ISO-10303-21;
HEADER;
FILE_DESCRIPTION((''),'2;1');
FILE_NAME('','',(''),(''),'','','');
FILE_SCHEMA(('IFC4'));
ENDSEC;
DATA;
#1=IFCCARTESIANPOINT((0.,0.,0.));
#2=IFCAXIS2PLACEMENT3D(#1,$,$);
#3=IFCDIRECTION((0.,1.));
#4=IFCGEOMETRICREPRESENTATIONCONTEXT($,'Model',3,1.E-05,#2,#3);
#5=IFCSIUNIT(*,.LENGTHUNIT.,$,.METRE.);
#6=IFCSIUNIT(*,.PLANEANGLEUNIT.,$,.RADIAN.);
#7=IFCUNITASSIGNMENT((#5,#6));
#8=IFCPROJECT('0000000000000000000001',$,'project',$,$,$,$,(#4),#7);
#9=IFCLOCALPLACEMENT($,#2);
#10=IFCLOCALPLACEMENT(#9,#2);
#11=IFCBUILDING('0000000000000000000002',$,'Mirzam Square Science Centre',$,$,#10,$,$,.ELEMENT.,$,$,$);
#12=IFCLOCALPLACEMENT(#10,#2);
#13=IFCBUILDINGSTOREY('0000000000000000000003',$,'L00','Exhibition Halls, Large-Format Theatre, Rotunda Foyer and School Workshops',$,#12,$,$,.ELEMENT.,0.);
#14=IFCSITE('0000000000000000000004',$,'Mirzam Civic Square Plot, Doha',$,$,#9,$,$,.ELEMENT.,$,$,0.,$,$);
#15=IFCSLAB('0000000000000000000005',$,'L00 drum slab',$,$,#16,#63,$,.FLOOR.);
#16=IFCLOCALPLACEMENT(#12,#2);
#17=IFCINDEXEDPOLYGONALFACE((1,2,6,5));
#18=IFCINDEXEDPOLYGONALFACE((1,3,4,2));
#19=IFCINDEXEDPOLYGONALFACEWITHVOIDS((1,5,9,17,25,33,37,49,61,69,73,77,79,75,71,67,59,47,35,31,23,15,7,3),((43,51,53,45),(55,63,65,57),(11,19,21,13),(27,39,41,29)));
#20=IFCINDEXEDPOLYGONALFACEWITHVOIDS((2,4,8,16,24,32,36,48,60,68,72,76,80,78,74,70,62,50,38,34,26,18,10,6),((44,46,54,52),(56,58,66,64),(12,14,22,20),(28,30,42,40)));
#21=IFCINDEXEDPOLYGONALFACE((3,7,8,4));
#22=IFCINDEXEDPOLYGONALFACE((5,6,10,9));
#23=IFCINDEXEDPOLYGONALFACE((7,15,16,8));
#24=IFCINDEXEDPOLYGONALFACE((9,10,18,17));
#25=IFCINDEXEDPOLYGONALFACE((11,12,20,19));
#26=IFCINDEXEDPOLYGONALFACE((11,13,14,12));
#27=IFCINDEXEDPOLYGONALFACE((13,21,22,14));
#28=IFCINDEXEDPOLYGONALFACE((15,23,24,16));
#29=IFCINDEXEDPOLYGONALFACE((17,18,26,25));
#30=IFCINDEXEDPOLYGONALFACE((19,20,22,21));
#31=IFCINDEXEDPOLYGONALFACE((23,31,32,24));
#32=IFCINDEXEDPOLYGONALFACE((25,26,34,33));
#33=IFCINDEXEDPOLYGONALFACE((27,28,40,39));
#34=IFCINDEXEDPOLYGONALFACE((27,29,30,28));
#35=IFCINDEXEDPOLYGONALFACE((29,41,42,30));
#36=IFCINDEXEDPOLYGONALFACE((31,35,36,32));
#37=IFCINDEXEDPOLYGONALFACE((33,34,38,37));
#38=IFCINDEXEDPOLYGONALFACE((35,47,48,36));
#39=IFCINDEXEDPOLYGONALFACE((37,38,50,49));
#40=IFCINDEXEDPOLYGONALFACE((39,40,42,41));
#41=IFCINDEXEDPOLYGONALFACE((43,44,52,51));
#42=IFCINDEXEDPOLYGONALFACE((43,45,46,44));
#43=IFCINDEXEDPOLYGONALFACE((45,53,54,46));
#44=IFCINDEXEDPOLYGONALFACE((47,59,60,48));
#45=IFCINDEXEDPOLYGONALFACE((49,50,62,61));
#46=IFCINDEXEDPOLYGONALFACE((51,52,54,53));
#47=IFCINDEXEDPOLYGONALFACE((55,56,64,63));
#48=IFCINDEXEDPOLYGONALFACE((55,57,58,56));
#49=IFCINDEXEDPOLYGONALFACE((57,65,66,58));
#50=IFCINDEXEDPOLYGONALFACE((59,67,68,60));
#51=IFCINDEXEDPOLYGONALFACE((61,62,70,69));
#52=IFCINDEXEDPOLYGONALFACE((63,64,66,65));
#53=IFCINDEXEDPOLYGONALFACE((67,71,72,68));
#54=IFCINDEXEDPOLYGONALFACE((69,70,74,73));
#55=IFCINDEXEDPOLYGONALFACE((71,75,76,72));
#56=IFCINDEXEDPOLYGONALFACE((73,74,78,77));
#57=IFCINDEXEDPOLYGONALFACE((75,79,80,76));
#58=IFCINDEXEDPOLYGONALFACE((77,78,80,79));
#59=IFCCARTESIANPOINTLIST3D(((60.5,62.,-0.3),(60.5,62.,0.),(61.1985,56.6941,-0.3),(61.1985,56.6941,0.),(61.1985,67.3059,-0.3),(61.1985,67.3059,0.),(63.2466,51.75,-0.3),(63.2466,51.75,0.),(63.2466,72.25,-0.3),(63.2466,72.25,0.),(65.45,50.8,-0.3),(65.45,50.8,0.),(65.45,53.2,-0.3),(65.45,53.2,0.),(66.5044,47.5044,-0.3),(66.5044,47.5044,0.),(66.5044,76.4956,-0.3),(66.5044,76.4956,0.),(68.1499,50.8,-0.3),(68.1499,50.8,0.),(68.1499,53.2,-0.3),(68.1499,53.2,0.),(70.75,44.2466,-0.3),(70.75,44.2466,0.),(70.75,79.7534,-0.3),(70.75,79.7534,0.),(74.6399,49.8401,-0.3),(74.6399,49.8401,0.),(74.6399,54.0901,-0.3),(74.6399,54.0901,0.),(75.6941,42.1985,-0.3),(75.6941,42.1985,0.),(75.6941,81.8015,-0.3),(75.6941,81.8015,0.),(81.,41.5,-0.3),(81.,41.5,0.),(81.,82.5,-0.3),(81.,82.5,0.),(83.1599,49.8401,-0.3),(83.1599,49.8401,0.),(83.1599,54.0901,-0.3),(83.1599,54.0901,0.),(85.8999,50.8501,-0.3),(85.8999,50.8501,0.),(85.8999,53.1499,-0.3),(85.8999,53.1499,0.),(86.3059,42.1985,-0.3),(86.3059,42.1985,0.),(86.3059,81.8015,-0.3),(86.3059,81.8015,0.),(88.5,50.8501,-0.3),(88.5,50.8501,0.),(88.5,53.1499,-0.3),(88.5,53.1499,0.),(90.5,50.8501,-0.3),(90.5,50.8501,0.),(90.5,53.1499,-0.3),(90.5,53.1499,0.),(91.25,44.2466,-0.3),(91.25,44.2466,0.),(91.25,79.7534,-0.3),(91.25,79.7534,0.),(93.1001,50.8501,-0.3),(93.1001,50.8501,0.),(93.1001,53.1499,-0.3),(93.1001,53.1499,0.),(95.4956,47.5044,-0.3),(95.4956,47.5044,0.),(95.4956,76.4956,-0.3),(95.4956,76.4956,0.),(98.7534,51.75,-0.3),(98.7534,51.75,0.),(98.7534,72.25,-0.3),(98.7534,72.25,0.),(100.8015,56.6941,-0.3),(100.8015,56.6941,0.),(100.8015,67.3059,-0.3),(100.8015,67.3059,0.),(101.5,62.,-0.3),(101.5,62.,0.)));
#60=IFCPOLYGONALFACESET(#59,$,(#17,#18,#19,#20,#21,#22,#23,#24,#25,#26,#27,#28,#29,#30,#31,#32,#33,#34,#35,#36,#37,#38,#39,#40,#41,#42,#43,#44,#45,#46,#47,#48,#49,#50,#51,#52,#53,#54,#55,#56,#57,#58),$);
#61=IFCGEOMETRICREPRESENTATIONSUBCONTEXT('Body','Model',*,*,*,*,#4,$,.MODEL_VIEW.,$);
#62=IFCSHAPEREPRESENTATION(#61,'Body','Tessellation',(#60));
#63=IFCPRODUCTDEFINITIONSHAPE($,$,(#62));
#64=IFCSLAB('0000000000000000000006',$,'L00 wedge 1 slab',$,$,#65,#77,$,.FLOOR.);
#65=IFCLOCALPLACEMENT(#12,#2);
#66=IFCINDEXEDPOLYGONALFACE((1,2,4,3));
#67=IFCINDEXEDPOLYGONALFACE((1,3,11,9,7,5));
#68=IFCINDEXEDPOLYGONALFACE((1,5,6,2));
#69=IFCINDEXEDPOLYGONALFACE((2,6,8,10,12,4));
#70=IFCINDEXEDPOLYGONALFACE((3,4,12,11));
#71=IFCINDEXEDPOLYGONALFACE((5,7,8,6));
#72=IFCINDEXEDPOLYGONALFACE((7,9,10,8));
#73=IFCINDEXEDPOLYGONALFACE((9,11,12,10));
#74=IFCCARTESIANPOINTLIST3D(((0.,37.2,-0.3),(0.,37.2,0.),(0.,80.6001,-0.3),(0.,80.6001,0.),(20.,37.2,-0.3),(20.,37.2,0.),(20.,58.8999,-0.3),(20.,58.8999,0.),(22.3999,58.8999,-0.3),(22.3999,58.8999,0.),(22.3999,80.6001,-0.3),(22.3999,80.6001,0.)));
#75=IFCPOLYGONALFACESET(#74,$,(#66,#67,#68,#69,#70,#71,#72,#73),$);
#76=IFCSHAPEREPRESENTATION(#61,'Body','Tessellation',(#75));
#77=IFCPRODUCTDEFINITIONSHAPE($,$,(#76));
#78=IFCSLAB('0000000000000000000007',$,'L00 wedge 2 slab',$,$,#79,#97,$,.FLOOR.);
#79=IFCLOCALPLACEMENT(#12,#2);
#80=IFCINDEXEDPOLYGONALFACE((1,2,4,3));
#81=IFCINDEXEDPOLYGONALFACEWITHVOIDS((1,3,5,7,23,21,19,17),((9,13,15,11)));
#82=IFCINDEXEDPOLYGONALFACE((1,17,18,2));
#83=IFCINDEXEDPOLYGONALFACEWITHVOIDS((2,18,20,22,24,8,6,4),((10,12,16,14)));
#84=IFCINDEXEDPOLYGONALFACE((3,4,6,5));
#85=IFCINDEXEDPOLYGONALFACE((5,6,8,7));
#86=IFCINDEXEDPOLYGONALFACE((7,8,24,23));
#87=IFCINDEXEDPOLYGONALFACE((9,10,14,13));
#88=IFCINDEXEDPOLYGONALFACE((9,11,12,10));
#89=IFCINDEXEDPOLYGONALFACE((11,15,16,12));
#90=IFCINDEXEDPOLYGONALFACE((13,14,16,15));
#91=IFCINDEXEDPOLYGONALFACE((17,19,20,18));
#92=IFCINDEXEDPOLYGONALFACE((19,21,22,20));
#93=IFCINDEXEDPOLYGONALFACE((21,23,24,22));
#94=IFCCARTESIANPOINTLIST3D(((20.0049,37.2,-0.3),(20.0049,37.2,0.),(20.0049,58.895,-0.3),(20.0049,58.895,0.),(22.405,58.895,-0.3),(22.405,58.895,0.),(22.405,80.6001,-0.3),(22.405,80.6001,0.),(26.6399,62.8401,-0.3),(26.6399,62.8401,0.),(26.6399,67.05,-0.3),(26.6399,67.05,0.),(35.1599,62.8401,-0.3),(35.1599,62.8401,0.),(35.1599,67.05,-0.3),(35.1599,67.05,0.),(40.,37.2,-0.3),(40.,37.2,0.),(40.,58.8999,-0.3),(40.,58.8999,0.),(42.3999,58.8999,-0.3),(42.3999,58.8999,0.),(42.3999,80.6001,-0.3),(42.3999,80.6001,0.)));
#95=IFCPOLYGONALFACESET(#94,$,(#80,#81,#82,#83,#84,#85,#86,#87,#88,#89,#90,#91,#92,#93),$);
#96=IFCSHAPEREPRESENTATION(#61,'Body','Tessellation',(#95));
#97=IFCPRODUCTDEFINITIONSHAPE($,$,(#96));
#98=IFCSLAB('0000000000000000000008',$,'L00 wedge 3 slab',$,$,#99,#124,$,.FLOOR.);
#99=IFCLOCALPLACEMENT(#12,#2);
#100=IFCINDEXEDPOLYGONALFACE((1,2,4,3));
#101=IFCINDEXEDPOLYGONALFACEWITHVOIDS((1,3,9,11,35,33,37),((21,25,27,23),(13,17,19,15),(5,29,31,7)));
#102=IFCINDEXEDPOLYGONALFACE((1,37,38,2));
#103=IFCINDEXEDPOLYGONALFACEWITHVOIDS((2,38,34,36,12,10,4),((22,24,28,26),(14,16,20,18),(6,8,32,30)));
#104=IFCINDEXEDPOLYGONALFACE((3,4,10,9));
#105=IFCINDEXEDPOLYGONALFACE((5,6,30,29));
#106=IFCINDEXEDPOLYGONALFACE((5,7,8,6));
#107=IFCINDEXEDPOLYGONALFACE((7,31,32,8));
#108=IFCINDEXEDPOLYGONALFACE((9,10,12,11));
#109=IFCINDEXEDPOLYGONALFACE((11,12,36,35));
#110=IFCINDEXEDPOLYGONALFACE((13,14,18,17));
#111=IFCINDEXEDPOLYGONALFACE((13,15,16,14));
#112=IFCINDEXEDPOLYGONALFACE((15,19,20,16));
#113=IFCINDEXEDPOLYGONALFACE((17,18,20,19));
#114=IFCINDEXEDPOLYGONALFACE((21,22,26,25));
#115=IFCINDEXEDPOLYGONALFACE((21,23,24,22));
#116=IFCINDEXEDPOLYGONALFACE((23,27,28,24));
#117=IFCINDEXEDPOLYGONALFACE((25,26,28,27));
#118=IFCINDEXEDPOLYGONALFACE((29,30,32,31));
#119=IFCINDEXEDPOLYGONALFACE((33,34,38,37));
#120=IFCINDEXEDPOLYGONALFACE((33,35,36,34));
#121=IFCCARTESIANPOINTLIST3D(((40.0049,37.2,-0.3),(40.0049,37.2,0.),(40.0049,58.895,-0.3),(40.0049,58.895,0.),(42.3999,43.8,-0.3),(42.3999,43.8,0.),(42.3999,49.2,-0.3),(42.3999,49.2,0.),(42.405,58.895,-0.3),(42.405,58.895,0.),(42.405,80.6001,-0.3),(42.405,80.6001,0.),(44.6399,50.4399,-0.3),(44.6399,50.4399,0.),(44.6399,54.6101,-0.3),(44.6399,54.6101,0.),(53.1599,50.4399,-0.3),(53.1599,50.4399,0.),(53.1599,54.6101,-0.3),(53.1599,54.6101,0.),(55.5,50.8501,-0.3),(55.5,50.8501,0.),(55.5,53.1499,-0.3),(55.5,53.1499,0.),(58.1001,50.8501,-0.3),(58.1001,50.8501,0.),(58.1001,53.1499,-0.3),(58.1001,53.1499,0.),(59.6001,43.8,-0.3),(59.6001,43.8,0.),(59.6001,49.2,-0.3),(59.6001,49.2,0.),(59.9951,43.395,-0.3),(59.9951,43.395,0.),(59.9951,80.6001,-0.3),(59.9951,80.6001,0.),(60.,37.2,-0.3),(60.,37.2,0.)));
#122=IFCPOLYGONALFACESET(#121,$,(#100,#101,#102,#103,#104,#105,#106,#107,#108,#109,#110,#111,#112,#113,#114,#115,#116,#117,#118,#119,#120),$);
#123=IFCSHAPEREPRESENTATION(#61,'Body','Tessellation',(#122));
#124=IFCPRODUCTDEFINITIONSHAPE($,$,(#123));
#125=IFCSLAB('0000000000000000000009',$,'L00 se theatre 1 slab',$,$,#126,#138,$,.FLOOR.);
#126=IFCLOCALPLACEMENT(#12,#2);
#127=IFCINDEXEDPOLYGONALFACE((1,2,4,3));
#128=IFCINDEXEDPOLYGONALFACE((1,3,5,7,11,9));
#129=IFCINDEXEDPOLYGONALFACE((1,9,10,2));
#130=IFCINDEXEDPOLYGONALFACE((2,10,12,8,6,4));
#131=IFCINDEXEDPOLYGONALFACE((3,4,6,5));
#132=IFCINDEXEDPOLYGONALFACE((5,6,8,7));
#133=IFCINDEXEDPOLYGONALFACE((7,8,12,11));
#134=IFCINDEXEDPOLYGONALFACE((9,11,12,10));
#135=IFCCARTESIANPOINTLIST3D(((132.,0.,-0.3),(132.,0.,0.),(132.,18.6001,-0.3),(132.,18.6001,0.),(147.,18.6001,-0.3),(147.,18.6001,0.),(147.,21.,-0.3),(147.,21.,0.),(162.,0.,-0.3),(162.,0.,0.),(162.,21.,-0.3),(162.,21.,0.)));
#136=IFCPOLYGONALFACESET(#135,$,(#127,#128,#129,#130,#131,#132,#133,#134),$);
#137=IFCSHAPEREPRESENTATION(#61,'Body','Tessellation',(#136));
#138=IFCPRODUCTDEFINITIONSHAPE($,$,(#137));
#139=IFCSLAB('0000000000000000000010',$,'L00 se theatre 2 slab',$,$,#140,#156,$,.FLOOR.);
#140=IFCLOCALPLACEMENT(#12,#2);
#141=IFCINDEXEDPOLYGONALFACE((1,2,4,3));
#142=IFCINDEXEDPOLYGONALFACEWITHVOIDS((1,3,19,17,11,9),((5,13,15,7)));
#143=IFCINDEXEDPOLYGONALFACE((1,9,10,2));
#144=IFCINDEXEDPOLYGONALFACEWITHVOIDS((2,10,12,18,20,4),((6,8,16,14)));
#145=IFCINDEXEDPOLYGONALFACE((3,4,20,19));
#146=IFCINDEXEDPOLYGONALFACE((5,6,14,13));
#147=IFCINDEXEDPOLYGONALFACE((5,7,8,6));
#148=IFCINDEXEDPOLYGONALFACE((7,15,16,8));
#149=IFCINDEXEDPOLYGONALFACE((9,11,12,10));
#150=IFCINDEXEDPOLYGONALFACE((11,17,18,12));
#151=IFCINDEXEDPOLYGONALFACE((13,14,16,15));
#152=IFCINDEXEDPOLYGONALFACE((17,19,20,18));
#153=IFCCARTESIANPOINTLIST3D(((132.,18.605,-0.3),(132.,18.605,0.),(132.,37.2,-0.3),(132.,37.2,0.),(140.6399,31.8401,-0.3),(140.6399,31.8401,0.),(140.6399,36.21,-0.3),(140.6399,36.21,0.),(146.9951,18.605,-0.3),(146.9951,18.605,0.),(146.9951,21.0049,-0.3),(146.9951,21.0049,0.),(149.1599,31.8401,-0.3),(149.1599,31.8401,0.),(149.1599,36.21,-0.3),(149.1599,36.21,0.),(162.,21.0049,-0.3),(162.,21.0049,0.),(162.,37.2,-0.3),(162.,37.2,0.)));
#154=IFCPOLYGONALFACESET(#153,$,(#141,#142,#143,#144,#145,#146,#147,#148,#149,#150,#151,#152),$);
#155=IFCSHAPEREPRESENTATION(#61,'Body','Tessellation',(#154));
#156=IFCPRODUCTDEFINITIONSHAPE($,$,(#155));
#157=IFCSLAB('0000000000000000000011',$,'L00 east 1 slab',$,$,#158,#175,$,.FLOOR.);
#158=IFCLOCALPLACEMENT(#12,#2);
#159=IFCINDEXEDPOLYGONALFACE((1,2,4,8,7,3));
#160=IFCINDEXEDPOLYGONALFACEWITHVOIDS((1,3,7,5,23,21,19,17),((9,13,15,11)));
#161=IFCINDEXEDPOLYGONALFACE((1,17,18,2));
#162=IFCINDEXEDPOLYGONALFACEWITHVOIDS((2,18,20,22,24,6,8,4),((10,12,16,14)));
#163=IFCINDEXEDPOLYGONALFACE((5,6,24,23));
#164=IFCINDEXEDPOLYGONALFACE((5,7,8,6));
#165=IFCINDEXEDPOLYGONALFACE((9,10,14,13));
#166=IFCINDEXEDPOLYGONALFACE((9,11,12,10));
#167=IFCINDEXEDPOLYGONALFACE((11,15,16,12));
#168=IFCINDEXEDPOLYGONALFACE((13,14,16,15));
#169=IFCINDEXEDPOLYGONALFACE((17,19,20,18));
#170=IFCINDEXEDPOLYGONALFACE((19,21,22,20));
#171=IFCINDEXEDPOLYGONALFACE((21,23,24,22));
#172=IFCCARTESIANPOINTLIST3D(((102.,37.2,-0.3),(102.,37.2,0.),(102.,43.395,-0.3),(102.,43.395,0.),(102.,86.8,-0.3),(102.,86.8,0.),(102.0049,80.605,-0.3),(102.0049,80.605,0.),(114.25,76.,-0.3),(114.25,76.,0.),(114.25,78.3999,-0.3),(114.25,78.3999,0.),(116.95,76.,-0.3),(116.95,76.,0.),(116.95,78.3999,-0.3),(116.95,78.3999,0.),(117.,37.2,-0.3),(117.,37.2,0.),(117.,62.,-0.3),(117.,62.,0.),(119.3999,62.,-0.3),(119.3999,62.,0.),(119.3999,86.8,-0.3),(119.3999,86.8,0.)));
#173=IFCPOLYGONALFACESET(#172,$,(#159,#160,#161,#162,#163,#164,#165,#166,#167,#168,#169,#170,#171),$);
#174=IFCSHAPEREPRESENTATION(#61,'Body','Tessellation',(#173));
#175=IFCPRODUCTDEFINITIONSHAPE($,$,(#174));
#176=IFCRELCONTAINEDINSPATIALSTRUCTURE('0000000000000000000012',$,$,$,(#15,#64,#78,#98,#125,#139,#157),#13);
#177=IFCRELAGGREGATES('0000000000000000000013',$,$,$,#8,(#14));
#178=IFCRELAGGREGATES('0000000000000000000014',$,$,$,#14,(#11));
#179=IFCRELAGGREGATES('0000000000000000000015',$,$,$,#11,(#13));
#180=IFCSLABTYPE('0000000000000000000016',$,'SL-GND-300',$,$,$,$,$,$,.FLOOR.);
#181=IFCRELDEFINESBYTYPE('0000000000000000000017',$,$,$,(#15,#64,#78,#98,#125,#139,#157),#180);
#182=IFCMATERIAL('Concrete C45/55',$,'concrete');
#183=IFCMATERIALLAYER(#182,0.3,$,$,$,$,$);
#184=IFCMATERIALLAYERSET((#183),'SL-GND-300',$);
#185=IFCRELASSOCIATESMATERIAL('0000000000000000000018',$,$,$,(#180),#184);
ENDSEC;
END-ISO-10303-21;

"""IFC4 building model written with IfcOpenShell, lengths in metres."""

from ifc_helpers import new_model, si_unit, direction, frame, origin, place, context, subcontext, project, spatial, polyline, outline, extrude, material, layer, layer_set, type_object, element, save


model = new_model("IFC4")

# Units and contexts
model_context = context("Model", 3, precision=1e-05, world=origin(), true_north=direction((0.0, 1.0)))
body_context = subcontext(model_context, "Body", "Model", "MODEL_VIEW")
ifc_project = project(units=[si_unit("LENGTHUNIT", "METRE"), si_unit("PLANEANGLEUNIT", "RADIAN")], contexts=[model_context])

# Site, building, storey
site_placement = place(None, origin())
site = spatial("IfcSite", under=ifc_project, at=site_placement, Name="Mirzam Civic Square Plot, Doha", CompositionType="ELEMENT", RefElevation=0.0)
building_placement = place(site_placement, origin())
building = spatial("IfcBuilding", under=site, at=building_placement, Name="Mirzam Square Science Centre", CompositionType="ELEMENT")
storey_placement = place(building_placement, origin())
storey = spatial("IfcBuildingStorey", under=building, at=storey_placement, Name="L00", Description="Exhibition Halls, Large-Format Theatre, Rotunda Foyer and School Workshops", CompositionType="ELEMENT", Elevation=0.0)

# Shared definitions
ifc_material_1 = material(Name="Concrete C45/55", Category="concrete")

# Slabs
ifc_layer_1 = layer(ifc_material_1, 0.3)
ifc_layer_set_1 = layer_set([ifc_layer_1], Name="SL-GND-300")
slab_type_1 = type_object("IfcSlabType", Name="SL-GND-300", PredefinedType="FLOOR", material=ifc_layer_set_1)
slab_1_placement = place(storey_placement, frame((0.0, 0.0, -0.3)))
element("IfcSlab", 1, at=slab_1_placement, inside=storey, type_object=slab_type_1, Name="L00 drum slab", PredefinedType="FLOOR", context=body_context, shape_type="SweptSolid", body=[
    extrude(outline(polyline([(100.8015, 56.6941), (98.7534, 51.75), (95.4956, 47.5044), (91.25, 44.2466), (86.3059, 42.1985), (81.0, 41.5), (75.6941, 42.1985), (70.75, 44.2466), (66.5044, 47.5044), (63.2466, 51.75), (61.1985, 56.6941), (60.5, 62.0), (61.1985, 67.3059), (63.2466, 72.25), (66.5044, 76.4956), (70.75, 79.7534), (75.6941, 81.8015), (81.0, 82.5), (86.3059, 81.8015), (91.25, 79.7534), (95.4956, 76.4956), (98.7534, 72.25), (100.8015, 67.3059), (101.5, 62.0), (100.8015, 56.6941)]), holes=[polyline([(83.1599, 49.8401), (83.1599, 54.0901), (74.6399, 54.0901), (74.6399, 49.8401), (83.1599, 49.8401)]), polyline([(68.1499, 50.8), (68.1499, 53.2), (65.45, 53.2), (65.45, 50.8), (68.1499, 50.8)]), polyline([(88.5, 50.8501), (88.5, 53.1499), (85.8999, 53.1499), (85.8999, 50.8501), (88.5, 50.8501)]), polyline([(93.1001, 50.8501), (93.1001, 53.1499), (90.5, 53.1499), (90.5, 50.8501), (93.1001, 50.8501)])]), origin(), (0.0, 0.0, 1.0), 0.3),
])
slab_2_placement = place(storey_placement, frame((0.0, 0.0, -0.3)))
element("IfcSlab", 2, at=slab_2_placement, inside=storey, type_object=slab_type_1, Name="L00 wedge 1 slab", PredefinedType="FLOOR", context=body_context, shape_type="SweptSolid", body=[
    extrude(outline(polyline([(0.0, 80.6001), (22.3999, 80.6001), (22.3999, 58.8999), (20.0, 58.8999), (20.0, 37.2), (0.0, 37.2), (0.0, 80.6001)])), origin(), (0.0, 0.0, 1.0), 0.3),
])
slab_3_placement = place(storey_placement, frame((0.0, 0.0, -0.3)))
element("IfcSlab", 3, at=slab_3_placement, inside=storey, type_object=slab_type_1, Name="L00 wedge 2 slab", PredefinedType="FLOOR", context=body_context, shape_type="SweptSolid", body=[
    extrude(outline(polyline([(42.3999, 80.6001), (42.3999, 58.8999), (40.0, 58.8999), (40.0, 37.2), (20.0049, 37.2), (20.0049, 58.895), (22.405, 58.895), (22.405, 80.6001), (42.3999, 80.6001)]), holes=[polyline([(35.1599, 67.05), (26.6399, 67.05), (26.6399, 62.8401), (35.1599, 62.8401), (35.1599, 67.05)])]), origin(), (0.0, 0.0, 1.0), 0.3),
])
slab_4_placement = place(storey_placement, frame((0.0, 0.0, -0.3)))
element("IfcSlab", 4, at=slab_4_placement, inside=storey, type_object=slab_type_1, Name="L00 wedge 3 slab", PredefinedType="FLOOR", context=body_context, shape_type="SweptSolid", body=[
    extrude(outline(polyline([(59.9951, 80.6001), (59.9951, 43.395), (60.0, 37.2), (40.0049, 37.2), (40.0049, 58.895), (42.405, 58.895), (42.405, 80.6001), (59.9951, 80.6001)]), holes=[polyline([(42.3999, 49.2), (42.3999, 43.8), (59.6001, 43.8), (59.6001, 49.2), (42.3999, 49.2)]), polyline([(58.1001, 53.1499), (55.5, 53.1499), (55.5, 50.8501), (58.1001, 50.8501), (58.1001, 53.1499)]), polyline([(53.1599, 54.6101), (44.6399, 54.6101), (44.6399, 50.4399), (53.1599, 50.4399), (53.1599, 54.6101)])]), origin(), (0.0, 0.0, 1.0), 0.3),
])
slab_5_placement = place(storey_placement, frame((0.0, 0.0, -0.3)))
element("IfcSlab", 5, at=slab_5_placement, inside=storey, type_object=slab_type_1, Name="L00 se theatre 1 slab", PredefinedType="FLOOR", context=body_context, shape_type="SweptSolid", body=[
    extrude(outline(polyline([(147.0, 18.6001), (147.0, 21.0), (162.0, 21.0), (162.0, 0.0), (132.0, 0.0), (132.0, 18.6001), (147.0, 18.6001)])), origin(), (0.0, 0.0, 1.0), 0.3),
])
slab_6_placement = place(storey_placement, frame((0.0, 0.0, -0.3)))
element("IfcSlab", 6, at=slab_6_placement, inside=storey, type_object=slab_type_1, Name="L00 se theatre 2 slab", PredefinedType="FLOOR", context=body_context, shape_type="SweptSolid", body=[
    extrude(outline(polyline([(132.0, 37.2), (162.0, 37.2), (162.0, 21.0049), (146.9951, 21.0049), (146.9951, 18.605), (132.0, 18.605), (132.0, 37.2)]), holes=[polyline([(140.6399, 36.21), (140.6399, 31.8401), (149.1599, 31.8401), (149.1599, 36.21), (140.6399, 36.21)])]), origin(), (0.0, 0.0, 1.0), 0.3),
])
slab_7_placement = place(storey_placement, frame((0.0, 0.0, -0.3)))
element("IfcSlab", 7, at=slab_7_placement, inside=storey, type_object=slab_type_1, Name="L00 east 1 slab", PredefinedType="FLOOR", context=body_context, shape_type="SweptSolid", body=[
    extrude(outline(polyline([(102.0, 86.8), (119.3999, 86.8), (119.3999, 62.0), (117.0, 62.0), (117.0, 37.2), (102.0, 37.2), (102.0, 43.395), (102.0049, 80.605), (102.0, 86.8)]), holes=[polyline([(116.95, 78.3999), (114.25, 78.3999), (114.25, 76.0), (116.95, 76.0), (116.95, 78.3999)])]), origin(), (0.0, 0.0, 1.0), 0.3),
])

save(model, "model.ifc")
